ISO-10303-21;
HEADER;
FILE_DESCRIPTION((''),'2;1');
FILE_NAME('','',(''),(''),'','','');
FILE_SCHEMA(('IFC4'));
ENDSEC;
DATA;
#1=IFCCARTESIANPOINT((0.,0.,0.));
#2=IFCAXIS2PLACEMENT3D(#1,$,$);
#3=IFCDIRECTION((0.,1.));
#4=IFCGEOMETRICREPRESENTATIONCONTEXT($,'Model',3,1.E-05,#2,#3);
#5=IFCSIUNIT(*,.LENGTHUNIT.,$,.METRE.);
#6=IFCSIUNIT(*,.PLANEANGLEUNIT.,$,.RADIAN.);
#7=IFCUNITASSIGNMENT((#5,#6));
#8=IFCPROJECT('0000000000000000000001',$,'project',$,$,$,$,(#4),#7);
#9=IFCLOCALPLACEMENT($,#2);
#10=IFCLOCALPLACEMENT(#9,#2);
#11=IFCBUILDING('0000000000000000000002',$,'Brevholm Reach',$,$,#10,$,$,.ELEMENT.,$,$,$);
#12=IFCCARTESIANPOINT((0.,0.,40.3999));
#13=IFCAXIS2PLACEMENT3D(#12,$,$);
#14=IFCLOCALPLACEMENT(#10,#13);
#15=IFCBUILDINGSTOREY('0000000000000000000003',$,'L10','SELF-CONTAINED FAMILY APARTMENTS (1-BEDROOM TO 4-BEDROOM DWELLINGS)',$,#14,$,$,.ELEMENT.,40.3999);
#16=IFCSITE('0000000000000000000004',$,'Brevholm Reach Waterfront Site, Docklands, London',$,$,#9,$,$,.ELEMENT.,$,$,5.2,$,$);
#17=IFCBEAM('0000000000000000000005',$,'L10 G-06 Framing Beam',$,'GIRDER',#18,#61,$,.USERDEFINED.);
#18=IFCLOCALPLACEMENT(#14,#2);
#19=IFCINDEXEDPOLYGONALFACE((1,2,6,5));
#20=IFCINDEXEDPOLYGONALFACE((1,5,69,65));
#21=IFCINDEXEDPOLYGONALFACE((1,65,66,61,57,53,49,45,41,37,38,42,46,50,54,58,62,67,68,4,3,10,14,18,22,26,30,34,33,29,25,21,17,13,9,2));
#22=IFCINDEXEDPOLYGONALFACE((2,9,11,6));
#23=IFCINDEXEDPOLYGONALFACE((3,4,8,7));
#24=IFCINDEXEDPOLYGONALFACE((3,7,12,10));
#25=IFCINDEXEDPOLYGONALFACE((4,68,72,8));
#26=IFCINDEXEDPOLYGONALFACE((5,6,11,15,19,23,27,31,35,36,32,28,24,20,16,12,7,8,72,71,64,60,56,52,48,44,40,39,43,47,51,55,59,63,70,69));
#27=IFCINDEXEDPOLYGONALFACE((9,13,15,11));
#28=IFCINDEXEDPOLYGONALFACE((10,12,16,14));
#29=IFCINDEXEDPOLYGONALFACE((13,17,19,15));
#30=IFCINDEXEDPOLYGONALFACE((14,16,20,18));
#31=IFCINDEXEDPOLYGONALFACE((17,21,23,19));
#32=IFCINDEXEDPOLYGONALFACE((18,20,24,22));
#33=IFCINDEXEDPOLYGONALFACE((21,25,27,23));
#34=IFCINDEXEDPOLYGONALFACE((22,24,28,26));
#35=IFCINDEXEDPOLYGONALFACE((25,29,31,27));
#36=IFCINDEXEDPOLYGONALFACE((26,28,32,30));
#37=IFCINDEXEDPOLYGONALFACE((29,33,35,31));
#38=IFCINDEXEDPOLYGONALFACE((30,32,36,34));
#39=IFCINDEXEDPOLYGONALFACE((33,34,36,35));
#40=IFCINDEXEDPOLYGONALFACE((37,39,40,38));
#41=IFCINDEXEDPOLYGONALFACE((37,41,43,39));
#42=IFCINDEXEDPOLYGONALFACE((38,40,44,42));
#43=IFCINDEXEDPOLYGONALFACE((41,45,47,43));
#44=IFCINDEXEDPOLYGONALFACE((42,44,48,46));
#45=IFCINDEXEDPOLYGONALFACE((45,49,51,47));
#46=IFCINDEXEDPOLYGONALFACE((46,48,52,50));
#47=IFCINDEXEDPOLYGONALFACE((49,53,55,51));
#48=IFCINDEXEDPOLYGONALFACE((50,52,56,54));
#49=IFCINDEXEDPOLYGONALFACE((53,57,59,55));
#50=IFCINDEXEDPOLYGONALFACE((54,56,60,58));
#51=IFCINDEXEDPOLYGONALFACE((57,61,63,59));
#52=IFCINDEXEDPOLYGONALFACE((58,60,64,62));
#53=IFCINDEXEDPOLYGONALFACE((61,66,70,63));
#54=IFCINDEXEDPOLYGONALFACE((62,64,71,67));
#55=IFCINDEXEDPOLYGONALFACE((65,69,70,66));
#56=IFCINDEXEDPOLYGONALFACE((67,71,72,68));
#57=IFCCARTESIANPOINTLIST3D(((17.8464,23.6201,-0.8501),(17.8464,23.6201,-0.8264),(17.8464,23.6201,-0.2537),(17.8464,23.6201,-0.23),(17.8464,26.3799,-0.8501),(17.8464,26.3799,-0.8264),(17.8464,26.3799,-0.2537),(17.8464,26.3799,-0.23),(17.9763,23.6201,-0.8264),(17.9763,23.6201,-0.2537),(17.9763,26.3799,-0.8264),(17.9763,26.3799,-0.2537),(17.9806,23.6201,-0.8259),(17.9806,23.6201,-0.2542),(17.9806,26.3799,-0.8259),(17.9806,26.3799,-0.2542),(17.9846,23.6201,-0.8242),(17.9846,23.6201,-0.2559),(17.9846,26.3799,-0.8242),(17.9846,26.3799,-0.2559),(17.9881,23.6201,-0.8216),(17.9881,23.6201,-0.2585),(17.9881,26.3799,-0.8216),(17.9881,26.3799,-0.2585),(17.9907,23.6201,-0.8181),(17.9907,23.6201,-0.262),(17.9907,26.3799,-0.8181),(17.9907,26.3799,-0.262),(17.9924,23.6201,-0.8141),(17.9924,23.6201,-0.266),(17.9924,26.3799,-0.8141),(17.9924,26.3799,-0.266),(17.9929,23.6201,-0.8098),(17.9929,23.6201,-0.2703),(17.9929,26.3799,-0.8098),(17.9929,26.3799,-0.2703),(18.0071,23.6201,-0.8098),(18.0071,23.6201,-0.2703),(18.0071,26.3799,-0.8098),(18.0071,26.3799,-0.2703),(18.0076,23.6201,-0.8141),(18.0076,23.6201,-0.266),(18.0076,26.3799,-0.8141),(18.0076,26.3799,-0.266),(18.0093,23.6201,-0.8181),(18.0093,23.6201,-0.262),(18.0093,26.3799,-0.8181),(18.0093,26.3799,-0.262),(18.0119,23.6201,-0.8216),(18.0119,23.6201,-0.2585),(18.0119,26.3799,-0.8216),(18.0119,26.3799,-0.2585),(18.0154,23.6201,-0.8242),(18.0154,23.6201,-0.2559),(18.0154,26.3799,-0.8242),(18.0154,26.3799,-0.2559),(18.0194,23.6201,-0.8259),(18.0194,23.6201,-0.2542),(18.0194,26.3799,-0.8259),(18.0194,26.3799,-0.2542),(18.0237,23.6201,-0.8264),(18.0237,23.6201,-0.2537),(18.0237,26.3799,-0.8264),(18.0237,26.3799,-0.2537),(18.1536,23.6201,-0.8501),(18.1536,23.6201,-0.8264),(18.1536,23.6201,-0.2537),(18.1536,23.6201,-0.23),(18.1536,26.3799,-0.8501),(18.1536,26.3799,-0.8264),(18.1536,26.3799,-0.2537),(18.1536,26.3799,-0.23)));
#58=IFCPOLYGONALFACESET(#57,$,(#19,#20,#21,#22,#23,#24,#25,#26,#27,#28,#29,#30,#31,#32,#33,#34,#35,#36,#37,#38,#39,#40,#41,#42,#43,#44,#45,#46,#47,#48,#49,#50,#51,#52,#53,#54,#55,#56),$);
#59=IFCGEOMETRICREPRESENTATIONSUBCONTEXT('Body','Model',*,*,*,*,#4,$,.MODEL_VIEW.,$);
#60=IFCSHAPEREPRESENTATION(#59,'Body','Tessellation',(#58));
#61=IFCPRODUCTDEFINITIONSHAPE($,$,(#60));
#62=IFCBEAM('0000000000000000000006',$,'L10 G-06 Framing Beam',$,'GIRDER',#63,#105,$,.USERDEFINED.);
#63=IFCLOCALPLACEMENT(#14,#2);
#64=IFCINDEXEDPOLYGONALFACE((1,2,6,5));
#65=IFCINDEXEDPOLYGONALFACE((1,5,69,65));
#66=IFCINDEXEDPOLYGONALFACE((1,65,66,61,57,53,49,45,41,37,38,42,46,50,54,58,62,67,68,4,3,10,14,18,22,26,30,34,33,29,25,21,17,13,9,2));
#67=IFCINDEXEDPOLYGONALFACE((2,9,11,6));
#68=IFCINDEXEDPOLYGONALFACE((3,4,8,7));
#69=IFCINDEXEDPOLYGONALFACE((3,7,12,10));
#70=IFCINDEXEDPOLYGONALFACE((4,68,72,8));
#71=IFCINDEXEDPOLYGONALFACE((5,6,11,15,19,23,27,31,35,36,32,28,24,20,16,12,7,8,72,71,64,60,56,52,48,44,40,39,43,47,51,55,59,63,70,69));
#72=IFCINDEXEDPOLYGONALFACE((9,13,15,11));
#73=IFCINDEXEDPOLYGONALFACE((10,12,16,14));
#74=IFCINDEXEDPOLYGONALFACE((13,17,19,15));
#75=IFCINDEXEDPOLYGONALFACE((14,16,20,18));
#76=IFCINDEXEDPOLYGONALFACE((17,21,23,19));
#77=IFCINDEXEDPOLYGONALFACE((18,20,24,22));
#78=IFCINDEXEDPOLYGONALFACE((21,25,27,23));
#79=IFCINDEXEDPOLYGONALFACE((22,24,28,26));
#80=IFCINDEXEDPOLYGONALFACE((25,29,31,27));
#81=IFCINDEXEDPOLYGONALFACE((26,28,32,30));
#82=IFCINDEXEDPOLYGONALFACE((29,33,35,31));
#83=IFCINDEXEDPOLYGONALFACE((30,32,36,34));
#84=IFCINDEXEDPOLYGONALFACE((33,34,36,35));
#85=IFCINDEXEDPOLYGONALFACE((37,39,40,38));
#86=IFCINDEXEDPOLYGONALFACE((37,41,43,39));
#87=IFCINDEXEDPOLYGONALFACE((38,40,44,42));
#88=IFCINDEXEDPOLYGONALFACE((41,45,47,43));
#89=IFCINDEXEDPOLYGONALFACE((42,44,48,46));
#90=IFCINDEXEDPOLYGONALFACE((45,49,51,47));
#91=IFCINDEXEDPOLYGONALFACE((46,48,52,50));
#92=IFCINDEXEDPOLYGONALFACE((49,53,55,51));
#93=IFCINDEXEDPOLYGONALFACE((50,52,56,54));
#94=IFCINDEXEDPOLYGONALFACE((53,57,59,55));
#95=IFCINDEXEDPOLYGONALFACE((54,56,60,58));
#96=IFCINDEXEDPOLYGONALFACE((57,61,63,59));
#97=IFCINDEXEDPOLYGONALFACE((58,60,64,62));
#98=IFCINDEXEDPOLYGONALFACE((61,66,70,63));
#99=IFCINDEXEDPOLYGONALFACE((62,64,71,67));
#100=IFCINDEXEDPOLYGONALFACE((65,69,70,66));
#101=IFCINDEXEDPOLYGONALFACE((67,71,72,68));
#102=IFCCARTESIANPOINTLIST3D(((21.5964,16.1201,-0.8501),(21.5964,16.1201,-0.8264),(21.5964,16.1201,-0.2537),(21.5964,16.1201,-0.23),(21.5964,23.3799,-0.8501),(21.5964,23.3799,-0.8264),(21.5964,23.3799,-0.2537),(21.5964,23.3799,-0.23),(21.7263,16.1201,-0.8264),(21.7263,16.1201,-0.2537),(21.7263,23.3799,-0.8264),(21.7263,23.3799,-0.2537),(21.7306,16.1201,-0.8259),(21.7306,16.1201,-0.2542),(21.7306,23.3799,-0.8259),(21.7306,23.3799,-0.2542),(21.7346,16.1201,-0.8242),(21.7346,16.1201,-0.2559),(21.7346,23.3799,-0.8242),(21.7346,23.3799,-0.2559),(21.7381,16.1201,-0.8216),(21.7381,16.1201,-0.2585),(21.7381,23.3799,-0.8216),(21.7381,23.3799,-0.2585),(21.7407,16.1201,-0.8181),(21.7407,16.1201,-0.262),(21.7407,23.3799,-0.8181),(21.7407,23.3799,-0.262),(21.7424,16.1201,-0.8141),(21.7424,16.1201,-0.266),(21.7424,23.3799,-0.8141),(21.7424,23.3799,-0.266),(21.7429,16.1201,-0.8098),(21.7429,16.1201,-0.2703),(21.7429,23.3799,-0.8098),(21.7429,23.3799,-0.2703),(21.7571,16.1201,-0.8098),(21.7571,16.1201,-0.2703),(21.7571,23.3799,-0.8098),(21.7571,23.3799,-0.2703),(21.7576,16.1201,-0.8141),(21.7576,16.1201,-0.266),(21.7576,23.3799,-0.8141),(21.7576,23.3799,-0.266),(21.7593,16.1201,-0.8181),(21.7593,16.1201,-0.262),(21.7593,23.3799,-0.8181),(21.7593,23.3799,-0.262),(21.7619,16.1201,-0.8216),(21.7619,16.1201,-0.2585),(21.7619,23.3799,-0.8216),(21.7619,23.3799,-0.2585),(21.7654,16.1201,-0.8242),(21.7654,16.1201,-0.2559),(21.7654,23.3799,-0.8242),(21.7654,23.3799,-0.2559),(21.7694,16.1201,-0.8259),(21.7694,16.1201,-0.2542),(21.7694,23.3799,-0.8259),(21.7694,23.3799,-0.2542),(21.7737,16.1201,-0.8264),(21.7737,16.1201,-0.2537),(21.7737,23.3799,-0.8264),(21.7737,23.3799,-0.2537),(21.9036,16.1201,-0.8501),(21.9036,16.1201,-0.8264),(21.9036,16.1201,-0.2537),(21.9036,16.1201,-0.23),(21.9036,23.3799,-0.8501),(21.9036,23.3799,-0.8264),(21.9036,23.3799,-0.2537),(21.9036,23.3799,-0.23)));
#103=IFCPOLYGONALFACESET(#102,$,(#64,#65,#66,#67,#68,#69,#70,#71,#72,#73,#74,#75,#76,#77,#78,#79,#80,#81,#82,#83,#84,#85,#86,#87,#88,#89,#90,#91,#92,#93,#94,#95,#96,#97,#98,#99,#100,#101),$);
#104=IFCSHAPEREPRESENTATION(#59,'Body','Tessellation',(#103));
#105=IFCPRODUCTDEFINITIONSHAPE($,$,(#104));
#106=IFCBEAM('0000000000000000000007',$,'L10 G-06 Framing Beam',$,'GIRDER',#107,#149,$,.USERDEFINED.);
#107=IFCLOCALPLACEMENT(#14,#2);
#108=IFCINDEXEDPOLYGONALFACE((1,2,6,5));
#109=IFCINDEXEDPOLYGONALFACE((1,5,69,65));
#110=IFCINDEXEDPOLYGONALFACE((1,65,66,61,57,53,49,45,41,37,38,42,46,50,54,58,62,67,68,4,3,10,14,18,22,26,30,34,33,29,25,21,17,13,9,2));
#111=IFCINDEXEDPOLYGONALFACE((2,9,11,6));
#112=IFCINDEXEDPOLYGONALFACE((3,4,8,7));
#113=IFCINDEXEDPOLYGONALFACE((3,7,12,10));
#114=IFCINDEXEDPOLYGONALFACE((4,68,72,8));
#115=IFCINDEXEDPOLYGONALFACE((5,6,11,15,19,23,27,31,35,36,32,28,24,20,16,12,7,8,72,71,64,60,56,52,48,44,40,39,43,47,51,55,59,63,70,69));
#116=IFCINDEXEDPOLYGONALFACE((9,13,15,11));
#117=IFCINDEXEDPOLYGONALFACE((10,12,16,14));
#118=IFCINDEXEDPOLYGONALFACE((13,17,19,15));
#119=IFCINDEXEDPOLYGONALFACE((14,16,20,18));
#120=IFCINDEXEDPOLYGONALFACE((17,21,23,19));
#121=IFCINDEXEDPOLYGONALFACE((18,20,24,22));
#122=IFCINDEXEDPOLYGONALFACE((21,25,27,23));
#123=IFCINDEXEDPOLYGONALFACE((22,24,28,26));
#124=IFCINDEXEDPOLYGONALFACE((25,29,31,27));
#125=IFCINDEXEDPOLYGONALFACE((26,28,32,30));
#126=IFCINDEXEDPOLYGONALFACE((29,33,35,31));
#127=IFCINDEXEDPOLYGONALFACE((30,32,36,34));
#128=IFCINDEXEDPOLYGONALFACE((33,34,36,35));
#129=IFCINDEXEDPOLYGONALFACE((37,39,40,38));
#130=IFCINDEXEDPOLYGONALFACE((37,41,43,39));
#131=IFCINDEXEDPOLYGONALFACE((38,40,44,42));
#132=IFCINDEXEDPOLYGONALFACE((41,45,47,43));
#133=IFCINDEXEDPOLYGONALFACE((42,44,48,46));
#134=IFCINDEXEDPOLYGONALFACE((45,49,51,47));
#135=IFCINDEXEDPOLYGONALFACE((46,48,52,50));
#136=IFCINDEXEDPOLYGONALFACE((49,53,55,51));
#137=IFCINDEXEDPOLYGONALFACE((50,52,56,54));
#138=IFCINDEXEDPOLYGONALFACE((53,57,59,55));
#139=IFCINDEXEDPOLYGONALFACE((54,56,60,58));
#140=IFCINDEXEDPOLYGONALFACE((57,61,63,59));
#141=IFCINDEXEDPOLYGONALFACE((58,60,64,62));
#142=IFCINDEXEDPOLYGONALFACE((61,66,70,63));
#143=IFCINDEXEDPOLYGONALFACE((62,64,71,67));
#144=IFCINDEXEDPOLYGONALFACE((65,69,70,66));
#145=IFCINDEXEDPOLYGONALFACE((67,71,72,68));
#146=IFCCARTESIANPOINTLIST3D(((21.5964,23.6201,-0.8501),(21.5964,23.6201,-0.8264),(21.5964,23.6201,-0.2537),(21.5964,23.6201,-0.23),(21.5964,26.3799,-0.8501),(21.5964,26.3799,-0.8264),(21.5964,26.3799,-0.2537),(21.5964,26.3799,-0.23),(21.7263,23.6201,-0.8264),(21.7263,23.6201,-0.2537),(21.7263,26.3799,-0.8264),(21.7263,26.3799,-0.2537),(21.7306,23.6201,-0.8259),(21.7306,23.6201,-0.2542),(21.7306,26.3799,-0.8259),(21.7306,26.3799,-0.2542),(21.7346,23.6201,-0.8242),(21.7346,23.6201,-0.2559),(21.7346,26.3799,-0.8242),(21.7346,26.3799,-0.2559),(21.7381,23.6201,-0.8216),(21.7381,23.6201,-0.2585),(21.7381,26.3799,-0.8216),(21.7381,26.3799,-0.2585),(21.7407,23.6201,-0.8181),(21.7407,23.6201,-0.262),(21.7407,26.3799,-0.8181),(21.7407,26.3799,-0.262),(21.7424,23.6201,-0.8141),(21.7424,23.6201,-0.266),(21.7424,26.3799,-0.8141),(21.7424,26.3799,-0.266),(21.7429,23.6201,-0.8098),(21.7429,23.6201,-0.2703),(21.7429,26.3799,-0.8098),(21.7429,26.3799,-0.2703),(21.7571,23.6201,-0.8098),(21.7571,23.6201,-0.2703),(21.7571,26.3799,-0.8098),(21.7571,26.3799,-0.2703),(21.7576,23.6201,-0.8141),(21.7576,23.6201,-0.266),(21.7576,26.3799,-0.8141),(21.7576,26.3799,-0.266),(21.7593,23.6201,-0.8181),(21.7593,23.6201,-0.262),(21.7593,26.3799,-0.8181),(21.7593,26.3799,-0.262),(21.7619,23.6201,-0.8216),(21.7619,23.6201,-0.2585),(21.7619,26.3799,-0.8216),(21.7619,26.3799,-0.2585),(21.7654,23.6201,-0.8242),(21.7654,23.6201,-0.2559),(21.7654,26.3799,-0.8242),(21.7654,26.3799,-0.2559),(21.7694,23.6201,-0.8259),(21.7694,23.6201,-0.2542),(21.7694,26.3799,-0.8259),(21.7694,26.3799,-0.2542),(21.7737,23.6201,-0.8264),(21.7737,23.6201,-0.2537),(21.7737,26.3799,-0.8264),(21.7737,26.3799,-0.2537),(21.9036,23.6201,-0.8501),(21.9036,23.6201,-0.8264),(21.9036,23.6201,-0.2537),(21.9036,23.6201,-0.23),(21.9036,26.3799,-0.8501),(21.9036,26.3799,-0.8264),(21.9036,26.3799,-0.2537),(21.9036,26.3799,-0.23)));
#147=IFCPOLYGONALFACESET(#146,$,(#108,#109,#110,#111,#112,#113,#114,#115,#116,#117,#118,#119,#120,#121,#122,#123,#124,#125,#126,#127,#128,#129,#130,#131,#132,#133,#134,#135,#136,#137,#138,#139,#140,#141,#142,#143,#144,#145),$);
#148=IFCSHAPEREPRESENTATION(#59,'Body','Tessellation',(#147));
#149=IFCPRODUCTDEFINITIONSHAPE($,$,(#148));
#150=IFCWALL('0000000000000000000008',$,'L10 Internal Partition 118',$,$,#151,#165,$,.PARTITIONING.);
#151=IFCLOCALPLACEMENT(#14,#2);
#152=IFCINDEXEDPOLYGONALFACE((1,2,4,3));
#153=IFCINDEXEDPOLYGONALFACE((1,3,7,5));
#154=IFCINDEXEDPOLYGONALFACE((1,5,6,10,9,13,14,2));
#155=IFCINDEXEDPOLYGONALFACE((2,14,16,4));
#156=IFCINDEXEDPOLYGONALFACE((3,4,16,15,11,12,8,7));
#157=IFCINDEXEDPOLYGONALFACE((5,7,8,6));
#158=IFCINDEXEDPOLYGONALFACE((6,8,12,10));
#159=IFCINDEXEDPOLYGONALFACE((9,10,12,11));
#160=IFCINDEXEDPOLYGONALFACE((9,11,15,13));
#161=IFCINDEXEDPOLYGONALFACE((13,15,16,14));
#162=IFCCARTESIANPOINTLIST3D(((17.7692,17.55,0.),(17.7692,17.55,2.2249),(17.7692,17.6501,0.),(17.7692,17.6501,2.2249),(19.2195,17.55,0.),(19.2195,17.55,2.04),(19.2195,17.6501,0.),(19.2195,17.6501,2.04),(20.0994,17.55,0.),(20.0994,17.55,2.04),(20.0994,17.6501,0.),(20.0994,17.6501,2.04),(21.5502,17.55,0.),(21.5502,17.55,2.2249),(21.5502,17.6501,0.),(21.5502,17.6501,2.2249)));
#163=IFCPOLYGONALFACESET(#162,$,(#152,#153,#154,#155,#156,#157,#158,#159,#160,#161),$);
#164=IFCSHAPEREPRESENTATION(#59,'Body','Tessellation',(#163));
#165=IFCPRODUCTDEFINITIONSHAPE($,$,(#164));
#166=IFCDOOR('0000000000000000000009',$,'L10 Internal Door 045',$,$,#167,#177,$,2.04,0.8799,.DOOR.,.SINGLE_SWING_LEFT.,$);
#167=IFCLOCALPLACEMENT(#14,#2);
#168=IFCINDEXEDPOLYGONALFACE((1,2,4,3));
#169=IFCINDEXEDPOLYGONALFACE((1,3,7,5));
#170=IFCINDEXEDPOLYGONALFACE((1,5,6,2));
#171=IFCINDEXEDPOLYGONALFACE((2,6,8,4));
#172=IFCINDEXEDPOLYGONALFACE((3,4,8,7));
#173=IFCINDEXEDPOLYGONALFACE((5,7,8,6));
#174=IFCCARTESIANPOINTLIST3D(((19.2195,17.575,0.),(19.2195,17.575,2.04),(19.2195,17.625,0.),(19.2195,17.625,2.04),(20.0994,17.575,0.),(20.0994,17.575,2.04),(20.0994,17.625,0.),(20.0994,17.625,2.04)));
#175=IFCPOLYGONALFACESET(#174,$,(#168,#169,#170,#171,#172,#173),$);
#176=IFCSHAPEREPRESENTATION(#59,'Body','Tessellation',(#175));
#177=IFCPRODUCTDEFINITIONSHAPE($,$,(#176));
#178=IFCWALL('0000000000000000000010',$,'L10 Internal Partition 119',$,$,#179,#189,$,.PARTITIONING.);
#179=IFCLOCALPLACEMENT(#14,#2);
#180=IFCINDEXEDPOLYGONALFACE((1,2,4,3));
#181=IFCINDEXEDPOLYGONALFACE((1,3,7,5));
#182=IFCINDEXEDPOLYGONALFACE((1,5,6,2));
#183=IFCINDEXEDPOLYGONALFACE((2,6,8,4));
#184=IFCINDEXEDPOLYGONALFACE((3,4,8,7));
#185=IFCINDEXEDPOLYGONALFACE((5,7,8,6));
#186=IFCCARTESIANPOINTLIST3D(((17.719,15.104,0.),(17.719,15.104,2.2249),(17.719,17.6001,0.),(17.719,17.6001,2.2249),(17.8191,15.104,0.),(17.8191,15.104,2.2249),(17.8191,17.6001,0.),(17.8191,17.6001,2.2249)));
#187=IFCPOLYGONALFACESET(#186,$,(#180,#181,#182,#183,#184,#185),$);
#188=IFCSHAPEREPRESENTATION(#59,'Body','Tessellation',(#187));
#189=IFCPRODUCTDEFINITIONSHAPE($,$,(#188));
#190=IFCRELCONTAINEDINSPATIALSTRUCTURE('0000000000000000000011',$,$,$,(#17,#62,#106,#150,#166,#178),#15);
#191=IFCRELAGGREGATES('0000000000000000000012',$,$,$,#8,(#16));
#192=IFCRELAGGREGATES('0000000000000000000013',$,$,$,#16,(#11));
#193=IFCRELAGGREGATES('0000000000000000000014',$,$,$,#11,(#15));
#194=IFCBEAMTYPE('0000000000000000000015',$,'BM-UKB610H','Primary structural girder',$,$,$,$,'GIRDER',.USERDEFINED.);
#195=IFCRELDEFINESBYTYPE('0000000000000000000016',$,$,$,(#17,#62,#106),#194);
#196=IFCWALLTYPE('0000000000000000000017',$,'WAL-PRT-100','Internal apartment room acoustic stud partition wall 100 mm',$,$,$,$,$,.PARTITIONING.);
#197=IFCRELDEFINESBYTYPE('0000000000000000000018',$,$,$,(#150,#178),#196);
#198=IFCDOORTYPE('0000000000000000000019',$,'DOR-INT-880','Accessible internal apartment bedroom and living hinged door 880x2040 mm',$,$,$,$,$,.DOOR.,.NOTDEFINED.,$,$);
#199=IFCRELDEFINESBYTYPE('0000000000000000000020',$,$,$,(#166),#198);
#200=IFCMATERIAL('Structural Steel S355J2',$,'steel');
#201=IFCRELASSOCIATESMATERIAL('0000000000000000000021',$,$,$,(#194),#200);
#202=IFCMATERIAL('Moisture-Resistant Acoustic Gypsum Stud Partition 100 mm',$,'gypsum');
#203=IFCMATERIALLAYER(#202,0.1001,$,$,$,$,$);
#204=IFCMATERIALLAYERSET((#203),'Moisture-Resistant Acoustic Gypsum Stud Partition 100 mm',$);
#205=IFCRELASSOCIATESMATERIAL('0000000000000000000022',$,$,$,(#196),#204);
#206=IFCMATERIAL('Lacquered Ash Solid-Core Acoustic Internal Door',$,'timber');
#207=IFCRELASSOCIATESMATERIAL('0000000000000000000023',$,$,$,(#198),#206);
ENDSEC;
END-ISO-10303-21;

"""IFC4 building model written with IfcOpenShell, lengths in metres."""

from ifc_helpers import new_model, si_unit, direction, frame, frame_2d, origin, origin_2d, place, context, subcontext, project, spatial, rectangle, i_section, extrude, material, layer, layer_set, material_profile, profile_set, type_object, element, fill, save


model = new_model("IFC4")

# Units and contexts
model_context = context("Model", 3, precision=1e-05, world=origin(), true_north=direction((0.0, 1.0)))
body_context = subcontext(model_context, "Body", "Model", "MODEL_VIEW")
ifc_project = project(units=[si_unit("LENGTHUNIT", "METRE"), si_unit("PLANEANGLEUNIT", "RADIAN")], contexts=[model_context])

# Site, building, storey
site_placement = place(None, origin())
site = spatial("IfcSite", under=ifc_project, at=site_placement, Name="Brevholm Reach Waterfront Site, Docklands, London", CompositionType="ELEMENT", RefElevation=5.2)
building_placement = place(site_placement, origin())
building = spatial("IfcBuilding", under=site, at=building_placement, Name="Brevholm Reach", CompositionType="ELEMENT")
storey_placement = place(building_placement, frame((0.0, 0.0, 40.3999)))
storey = spatial("IfcBuildingStorey", under=building, at=storey_placement, Name="L10", Description="SELF-CONTAINED FAMILY APARTMENTS (1-BEDROOM TO 4-BEDROOM DWELLINGS)", CompositionType="ELEMENT", Elevation=40.3999)

# Beams
ifc_material_1 = material(Name="Structural Steel S355J2", Category="steel")
ifc_material_profile_1 = material_profile(ifc_material_1, i_section(OverallWidth=0.3071, OverallDepth=0.6201, WebThickness=0.0142, FlangeThickness=0.0237, FilletRadius=0.0166, at=origin_2d()), Name="UKB 610x305x179")
ifc_profile_set_1 = profile_set([ifc_material_profile_1], Name="Structural Steel S355J2")
beam_type_1 = type_object("IfcBeamType", Name="BM-UKB610H", Description="Primary structural girder", ElementType="GIRDER", PredefinedType="USERDEFINED", material=ifc_profile_set_1)
beam_1_placement = place(storey_placement, frame((18.0, 23.6201, -0.54), z_axis=(0.0, 1.0, 0.0), x_axis=(-1.0, 0.0, 0.0)))
element("IfcBeam", 1, at=beam_1_placement, inside=storey, type_object=beam_type_1, Name="L10 G-06 Framing Beam", ObjectType="GIRDER", PredefinedType="USERDEFINED", context=body_context, shape_type="SweptSolid", body=[
    extrude(i_section(OverallWidth=0.3071, OverallDepth=0.6201, WebThickness=0.0142, FlangeThickness=0.0237, FilletRadius=0.0166, at=origin_2d()), origin(), (0.0, 0.0, 1.0), 2.7598),
])
beam_2_placement = place(storey_placement, frame((21.75, 16.1201, -0.54), z_axis=(0.0, 1.0, 0.0), x_axis=(-1.0, 0.0, 0.0)))
element("IfcBeam", 2, at=beam_2_placement, inside=storey, type_object=beam_type_1, Name="L10 G-06 Framing Beam", ObjectType="GIRDER", PredefinedType="USERDEFINED", context=body_context, shape_type="SweptSolid", body=[
    extrude(i_section(OverallWidth=0.3071, OverallDepth=0.6201, WebThickness=0.0142, FlangeThickness=0.0237, FilletRadius=0.0166, at=origin_2d()), origin(), (0.0, 0.0, 1.0), 7.2598),
])
beam_3_placement = place(storey_placement, frame((21.75, 23.6201, -0.54), z_axis=(0.0, 1.0, 0.0), x_axis=(-1.0, 0.0, 0.0)))
element("IfcBeam", 3, at=beam_3_placement, inside=storey, type_object=beam_type_1, Name="L10 G-06 Framing Beam", ObjectType="GIRDER", PredefinedType="USERDEFINED", context=body_context, shape_type="SweptSolid", body=[
    extrude(i_section(OverallWidth=0.3071, OverallDepth=0.6201, WebThickness=0.0142, FlangeThickness=0.0237, FilletRadius=0.0166, at=origin_2d()), origin(), (0.0, 0.0, 1.0), 2.7598),
])

# Wall, opening, door
ifc_material_2 = material(Name="Moisture-Resistant Acoustic Gypsum Stud Partition 100 mm", Category="gypsum")
ifc_layer_1 = layer(ifc_material_2, 0.1001)
ifc_layer_set_1 = layer_set([ifc_layer_1], Name="Moisture-Resistant Acoustic Gypsum Stud Partition 100 mm")
wall_type_1 = type_object("IfcWallType", Name="WAL-PRT-100", Description="Internal apartment room acoustic stud partition wall 100 mm", PredefinedType="PARTITIONING", material=ifc_layer_set_1)
wall_1_placement = place(storey_placement, frame((17.769, 17.6001, 0.0), z_axis=(0.0, 0.0, 1.0), x_axis=(1.0, 0.0, 0.0)))
wall_1 = element("IfcWall", 4, at=wall_1_placement, inside=storey, type_object=wall_type_1, Name="L10 Internal Partition 118", PredefinedType="PARTITIONING", context=body_context, shape_type="SweptSolid", body=[
    extrude(rectangle(XDim=3.781, YDim=0.1001, at=frame_2d((1.8906, 0.0))), origin(), (0.0, 0.0, 1.0), 2.2249),
])
opening_1_placement = place(wall_1_placement, frame((1.4504, 0.0, 0.0)))
opening_1 = element("IfcOpeningElement", 5, at=opening_1_placement, cuts=wall_1, PredefinedType="OPENING", context=body_context, shape_type="SweptSolid", body=[
    extrude(rectangle(XDim=0.8799, YDim=2.04, at=frame_2d((0.4399, 1.02))), frame((0.0, 0.0601, 0.0), z_axis=(0.0, -1.0, 0.0), x_axis=(1.0, 0.0, 0.0)), (0.0, 0.0, 1.0), 0.1201),
])
ifc_material_3 = material(Name="Lacquered Ash Solid-Core Acoustic Internal Door", Category="timber")
door_type_1 = type_object("IfcDoorType", Name="DOR-INT-880", Description="Accessible internal apartment bedroom and living hinged door 880x2040 mm", OperationType="NOTDEFINED", PredefinedType="DOOR", material=ifc_material_3)
door_1_placement = place(opening_1_placement, origin())
door_1 = element("IfcDoor", 6, at=door_1_placement, inside=storey, type_object=door_type_1, Name="L10 Internal Door 045", OperationType="SINGLE_SWING_LEFT", OverallHeight=2.04, OverallWidth=0.8799, PredefinedType="DOOR", context=body_context, shape_type="SweptSolid", body=[
    extrude(rectangle(XDim=0.8799, YDim=2.04, at=frame_2d((0.4399, 1.02))), frame((0.0, 0.0249, 0.0), z_axis=(0.0, -1.0, 0.0), x_axis=(1.0, 0.0, 0.0)), (0.0, 0.0, 1.0), 0.05),
])
fill(opening_1, door_1)

# Wall
wall_2_placement = place(storey_placement, frame((17.769, 15.104, 0.0), z_axis=(0.0, 0.0, 1.0), x_axis=(0.0, 1.0, 0.0)))
element("IfcWall", 7, at=wall_2_placement, inside=storey, type_object=wall_type_1, Name="L10 Internal Partition 119", PredefinedType="PARTITIONING", context=body_context, shape_type="SweptSolid", body=[
    extrude(rectangle(XDim=2.4961, YDim=0.1001, at=frame_2d((1.248, 0.0))), origin(), (0.0, 0.0, 1.0), 2.2249),
])

save(model, "model.ifc")
